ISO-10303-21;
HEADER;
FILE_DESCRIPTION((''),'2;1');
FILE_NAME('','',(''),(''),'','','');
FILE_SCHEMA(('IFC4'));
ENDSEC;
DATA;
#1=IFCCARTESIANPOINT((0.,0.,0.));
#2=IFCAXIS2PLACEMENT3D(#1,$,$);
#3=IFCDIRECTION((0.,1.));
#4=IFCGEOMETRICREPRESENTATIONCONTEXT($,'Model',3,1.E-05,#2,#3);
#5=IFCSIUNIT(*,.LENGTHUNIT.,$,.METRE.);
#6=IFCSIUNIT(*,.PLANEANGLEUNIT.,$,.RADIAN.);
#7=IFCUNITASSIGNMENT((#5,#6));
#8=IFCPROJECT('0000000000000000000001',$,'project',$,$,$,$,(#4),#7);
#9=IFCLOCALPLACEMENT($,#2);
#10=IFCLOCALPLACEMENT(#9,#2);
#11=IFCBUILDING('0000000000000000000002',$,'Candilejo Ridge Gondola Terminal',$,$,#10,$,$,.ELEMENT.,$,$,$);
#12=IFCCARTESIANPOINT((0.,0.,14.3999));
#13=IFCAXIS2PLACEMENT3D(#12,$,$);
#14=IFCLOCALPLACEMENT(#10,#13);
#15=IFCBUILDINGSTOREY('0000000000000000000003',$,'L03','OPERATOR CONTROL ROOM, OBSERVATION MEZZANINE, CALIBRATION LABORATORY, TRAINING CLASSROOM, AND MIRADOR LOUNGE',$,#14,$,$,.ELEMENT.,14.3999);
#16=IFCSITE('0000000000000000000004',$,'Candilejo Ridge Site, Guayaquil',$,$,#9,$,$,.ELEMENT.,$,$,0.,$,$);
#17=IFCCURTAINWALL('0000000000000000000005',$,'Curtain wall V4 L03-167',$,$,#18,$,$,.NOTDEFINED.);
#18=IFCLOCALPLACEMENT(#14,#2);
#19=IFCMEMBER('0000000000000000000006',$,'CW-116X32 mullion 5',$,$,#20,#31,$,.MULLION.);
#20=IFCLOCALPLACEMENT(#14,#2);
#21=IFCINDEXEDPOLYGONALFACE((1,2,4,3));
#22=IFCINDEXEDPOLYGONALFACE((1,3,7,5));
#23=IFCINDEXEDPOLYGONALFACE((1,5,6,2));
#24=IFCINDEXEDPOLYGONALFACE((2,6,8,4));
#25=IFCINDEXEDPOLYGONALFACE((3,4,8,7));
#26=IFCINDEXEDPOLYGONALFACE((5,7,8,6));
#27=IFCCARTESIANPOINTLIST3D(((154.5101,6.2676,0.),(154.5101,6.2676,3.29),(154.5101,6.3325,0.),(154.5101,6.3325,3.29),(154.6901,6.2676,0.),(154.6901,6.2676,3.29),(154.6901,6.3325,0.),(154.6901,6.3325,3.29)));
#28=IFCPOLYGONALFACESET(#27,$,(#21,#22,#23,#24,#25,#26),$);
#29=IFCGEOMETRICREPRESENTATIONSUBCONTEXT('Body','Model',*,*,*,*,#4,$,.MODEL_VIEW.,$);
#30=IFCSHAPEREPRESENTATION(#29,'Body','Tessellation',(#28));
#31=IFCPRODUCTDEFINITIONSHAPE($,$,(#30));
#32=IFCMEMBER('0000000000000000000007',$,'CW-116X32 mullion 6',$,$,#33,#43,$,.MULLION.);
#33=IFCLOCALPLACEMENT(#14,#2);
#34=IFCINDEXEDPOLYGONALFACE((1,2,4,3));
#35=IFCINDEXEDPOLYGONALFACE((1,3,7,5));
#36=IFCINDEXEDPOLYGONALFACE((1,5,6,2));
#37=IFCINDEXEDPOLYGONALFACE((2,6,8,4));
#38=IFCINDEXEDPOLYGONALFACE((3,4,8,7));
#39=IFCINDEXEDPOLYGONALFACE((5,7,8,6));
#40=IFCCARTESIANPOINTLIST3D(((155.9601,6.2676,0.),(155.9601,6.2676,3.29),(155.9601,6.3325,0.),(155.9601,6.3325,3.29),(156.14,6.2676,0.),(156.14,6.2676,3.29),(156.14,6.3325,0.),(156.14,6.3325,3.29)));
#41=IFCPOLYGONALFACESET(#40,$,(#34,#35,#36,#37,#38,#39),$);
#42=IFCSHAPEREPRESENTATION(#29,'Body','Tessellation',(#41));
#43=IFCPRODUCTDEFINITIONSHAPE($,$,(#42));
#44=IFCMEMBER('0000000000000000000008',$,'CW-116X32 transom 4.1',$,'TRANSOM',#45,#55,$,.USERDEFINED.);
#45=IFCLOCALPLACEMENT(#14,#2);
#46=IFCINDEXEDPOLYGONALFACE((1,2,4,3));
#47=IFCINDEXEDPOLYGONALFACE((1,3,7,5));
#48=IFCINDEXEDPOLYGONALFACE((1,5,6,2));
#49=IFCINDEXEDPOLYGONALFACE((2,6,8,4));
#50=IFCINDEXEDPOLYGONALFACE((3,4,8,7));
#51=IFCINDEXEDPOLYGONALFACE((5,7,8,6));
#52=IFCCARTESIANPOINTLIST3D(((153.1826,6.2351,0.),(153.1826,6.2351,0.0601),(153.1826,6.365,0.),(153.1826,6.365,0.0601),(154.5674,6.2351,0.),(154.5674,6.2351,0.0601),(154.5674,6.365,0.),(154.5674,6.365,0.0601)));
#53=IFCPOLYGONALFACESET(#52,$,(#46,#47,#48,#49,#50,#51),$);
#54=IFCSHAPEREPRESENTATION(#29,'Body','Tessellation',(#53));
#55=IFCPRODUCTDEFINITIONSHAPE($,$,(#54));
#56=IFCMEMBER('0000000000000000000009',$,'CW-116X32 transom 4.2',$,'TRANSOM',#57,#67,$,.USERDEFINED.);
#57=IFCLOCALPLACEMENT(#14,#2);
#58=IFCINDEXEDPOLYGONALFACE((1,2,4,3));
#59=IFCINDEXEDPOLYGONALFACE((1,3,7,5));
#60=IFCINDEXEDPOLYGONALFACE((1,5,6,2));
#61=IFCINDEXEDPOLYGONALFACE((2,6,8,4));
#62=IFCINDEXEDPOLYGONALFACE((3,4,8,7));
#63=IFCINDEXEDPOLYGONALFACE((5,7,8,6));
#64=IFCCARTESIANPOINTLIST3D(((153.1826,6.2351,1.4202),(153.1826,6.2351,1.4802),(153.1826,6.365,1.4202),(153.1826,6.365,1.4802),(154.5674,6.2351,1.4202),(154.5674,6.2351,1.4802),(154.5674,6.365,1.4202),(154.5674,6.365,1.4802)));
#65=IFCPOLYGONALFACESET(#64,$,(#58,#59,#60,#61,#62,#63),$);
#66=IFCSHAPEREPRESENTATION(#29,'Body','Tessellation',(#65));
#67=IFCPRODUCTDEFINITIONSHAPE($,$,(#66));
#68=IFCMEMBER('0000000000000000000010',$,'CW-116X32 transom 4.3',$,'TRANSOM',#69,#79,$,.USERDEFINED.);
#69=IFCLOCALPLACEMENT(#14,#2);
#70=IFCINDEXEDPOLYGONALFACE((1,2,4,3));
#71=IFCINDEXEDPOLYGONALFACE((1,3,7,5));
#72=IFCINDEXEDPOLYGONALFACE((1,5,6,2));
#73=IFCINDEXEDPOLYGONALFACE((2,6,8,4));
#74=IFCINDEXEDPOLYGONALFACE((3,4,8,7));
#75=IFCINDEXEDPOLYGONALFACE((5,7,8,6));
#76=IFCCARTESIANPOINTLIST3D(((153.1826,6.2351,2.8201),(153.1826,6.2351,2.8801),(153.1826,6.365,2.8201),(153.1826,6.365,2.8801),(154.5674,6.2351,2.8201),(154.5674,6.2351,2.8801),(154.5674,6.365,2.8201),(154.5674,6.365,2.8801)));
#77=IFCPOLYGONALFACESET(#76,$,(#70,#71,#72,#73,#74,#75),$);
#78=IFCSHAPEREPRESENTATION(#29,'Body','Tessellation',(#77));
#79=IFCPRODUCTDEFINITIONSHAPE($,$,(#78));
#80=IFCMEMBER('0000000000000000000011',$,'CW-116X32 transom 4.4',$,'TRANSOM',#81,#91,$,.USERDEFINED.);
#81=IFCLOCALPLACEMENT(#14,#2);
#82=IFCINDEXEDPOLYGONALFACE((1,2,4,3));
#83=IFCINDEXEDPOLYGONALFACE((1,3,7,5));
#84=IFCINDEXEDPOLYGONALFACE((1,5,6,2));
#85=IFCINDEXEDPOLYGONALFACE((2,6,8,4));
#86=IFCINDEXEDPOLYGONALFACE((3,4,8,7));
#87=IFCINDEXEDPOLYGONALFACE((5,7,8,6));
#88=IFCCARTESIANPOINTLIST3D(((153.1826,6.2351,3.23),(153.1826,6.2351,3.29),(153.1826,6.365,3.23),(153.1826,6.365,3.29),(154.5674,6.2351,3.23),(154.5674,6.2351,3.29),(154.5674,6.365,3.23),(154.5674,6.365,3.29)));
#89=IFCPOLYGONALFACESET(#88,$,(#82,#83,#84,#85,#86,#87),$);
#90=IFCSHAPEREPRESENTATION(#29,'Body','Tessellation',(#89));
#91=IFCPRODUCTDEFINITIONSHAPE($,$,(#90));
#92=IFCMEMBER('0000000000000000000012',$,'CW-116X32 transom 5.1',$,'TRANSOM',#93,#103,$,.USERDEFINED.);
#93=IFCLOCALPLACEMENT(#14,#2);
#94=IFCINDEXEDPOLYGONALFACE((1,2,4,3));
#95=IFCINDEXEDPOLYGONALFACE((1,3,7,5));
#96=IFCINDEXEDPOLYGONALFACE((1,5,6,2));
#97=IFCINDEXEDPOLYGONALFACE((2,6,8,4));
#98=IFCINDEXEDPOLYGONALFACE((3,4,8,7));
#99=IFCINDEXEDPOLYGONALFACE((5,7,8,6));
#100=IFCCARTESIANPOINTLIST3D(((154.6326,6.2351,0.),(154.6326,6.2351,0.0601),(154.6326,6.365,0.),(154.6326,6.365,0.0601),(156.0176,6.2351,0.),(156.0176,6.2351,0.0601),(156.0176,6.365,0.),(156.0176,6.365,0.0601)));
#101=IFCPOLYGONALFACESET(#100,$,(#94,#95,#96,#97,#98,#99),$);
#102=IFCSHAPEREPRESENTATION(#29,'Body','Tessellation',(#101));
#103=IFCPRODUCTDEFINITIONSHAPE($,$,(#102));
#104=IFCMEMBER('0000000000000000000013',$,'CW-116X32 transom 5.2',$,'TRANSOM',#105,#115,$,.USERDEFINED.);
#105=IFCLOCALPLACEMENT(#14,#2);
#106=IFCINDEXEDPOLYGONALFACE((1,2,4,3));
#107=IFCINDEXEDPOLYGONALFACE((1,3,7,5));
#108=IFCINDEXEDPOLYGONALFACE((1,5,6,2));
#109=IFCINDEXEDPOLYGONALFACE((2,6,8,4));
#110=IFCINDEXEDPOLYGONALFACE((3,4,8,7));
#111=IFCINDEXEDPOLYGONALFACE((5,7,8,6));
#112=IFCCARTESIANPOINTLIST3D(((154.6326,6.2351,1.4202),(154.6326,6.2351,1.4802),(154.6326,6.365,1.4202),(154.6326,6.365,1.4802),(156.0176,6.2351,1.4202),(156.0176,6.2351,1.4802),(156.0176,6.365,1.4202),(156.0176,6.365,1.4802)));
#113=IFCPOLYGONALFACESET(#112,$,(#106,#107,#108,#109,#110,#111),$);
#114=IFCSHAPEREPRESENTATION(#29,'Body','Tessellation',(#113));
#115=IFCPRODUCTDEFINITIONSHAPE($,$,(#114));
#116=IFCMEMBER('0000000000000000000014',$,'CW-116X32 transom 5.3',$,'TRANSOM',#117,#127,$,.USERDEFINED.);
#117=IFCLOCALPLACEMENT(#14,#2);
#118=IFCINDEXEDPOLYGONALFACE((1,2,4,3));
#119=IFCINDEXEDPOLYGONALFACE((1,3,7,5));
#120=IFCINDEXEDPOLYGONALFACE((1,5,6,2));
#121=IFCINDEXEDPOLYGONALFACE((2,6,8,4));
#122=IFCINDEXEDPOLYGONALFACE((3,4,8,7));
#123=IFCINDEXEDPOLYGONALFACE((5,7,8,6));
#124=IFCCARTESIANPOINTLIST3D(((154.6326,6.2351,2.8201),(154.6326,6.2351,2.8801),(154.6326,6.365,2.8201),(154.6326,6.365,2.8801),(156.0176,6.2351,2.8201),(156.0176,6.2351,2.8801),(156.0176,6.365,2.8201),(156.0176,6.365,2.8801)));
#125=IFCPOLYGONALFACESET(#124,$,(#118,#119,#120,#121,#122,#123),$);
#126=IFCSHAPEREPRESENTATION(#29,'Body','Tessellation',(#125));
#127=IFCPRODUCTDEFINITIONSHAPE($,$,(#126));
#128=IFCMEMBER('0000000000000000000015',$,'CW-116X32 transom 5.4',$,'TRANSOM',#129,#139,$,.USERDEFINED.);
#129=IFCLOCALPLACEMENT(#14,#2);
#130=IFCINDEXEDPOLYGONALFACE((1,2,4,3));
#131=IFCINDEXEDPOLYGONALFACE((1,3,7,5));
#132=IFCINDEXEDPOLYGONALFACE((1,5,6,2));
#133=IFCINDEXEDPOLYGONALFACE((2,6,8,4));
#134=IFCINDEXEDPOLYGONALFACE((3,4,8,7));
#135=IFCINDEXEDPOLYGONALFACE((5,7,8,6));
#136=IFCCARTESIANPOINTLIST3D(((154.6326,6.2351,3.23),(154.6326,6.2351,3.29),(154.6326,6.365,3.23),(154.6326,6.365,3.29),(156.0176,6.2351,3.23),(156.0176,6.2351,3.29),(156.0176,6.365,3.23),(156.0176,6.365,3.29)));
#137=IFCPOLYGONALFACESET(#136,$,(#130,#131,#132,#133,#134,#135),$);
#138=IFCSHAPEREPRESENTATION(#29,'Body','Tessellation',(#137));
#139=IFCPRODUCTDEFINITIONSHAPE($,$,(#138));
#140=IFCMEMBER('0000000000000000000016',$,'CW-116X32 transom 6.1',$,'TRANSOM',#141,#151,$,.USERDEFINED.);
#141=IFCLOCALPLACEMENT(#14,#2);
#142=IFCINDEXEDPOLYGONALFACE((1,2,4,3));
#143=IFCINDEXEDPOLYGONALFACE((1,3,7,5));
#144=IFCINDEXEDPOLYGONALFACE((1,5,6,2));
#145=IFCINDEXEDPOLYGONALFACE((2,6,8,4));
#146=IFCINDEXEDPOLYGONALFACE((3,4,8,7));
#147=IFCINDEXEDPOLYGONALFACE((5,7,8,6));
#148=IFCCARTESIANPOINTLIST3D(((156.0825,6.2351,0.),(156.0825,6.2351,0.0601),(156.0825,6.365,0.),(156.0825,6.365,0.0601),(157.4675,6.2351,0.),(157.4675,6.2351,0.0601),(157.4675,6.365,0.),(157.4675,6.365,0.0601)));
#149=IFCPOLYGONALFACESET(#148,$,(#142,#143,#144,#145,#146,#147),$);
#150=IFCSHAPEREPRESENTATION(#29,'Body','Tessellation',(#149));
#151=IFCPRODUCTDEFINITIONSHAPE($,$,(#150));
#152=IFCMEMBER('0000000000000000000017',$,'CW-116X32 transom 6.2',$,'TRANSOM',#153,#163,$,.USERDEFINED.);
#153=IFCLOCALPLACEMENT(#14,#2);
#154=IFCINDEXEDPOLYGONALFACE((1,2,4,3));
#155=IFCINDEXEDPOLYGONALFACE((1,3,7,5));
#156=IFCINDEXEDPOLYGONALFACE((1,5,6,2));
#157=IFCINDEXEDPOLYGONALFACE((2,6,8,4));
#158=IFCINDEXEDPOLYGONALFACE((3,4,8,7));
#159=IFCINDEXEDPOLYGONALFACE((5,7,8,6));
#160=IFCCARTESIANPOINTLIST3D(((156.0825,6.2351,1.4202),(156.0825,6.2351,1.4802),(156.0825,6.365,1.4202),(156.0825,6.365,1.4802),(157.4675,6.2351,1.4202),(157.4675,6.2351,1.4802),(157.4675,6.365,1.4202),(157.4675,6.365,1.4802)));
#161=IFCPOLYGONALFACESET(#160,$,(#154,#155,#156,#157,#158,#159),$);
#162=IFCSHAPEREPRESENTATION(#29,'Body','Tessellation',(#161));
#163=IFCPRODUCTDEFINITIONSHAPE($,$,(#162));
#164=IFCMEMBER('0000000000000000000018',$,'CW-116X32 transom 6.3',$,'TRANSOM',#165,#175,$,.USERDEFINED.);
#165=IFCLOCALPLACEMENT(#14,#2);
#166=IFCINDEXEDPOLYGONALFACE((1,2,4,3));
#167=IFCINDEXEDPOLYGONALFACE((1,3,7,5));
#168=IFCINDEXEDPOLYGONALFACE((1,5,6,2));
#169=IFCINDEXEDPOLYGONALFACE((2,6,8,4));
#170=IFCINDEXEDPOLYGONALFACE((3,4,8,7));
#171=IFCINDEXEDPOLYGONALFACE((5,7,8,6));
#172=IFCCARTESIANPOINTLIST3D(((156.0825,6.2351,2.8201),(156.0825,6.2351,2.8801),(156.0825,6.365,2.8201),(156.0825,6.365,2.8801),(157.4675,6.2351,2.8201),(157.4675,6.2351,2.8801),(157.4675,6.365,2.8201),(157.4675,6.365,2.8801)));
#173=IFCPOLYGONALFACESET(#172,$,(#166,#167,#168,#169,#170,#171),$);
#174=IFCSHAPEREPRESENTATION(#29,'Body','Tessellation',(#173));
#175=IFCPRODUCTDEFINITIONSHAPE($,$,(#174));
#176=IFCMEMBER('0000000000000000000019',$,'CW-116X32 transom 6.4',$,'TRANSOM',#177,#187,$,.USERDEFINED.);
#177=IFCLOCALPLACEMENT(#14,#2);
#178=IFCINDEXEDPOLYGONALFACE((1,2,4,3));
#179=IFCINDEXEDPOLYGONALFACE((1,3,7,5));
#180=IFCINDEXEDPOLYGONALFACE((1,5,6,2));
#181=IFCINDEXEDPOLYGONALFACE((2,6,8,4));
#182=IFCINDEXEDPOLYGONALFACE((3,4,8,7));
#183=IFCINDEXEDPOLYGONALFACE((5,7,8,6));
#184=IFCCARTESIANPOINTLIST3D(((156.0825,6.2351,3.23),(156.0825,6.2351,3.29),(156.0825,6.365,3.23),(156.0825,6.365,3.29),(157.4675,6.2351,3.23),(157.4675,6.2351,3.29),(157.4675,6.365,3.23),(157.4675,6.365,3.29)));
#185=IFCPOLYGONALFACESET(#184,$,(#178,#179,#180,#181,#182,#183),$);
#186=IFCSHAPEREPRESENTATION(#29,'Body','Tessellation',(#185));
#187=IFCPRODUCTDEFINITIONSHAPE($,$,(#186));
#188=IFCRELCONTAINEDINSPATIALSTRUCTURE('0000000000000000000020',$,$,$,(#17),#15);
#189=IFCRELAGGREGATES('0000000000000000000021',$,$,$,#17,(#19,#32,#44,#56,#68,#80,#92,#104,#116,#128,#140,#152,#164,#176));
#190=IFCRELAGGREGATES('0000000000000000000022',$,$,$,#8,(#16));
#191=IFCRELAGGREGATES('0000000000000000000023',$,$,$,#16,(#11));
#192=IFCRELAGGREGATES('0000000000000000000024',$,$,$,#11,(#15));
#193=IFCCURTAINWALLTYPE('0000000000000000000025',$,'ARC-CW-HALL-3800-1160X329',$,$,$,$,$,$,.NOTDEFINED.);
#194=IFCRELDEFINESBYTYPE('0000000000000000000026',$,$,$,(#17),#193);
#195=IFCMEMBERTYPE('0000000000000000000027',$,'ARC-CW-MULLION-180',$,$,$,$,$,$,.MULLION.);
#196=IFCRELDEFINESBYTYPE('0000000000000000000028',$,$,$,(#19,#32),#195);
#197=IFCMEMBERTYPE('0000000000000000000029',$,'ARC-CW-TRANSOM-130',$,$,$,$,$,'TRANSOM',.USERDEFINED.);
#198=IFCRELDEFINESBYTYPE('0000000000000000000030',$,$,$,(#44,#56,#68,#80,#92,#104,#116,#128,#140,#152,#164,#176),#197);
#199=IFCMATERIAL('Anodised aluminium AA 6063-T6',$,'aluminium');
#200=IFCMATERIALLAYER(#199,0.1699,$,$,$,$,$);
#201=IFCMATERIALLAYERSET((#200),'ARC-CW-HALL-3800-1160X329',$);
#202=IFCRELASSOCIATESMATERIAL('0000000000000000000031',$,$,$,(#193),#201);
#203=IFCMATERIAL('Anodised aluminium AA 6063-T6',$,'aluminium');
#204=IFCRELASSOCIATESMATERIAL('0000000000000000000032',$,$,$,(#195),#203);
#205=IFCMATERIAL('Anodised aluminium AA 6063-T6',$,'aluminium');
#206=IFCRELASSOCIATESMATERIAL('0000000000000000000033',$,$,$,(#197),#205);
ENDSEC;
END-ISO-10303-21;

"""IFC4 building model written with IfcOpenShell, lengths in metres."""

from ifc_helpers import new_model, si_unit, direction, frame, origin, origin_2d, place, context, subcontext, project, spatial, rectangle, extrude, material, layer, layer_set, material_profile, profile_set, type_object, element, aggregate, save


model = new_model("IFC4")

# Units and contexts
model_context = context("Model", 3, precision=1e-05, world=origin(), true_north=direction((0.0, 1.0)))
body_context = subcontext(model_context, "Body", "Model", "MODEL_VIEW")
ifc_project = project(units=[si_unit("LENGTHUNIT", "METRE"), si_unit("PLANEANGLEUNIT", "RADIAN")], contexts=[model_context])

# Site, building, storey
site_placement = place(None, origin())
site = spatial("IfcSite", under=ifc_project, at=site_placement, Name="Candilejo Ridge Site, Guayaquil", CompositionType="ELEMENT", RefElevation=0.0)
building_placement = place(site_placement, origin())
building = spatial("IfcBuilding", under=site, at=building_placement, Name="Candilejo Ridge Gondola Terminal", CompositionType="ELEMENT")
storey_placement = place(building_placement, frame((0.0, 0.0, 14.3999)))
storey = spatial("IfcBuildingStorey", under=building, at=storey_placement, Name="L03", Description="OPERATOR CONTROL ROOM, OBSERVATION MEZZANINE, CALIBRATION LABORATORY, TRAINING CLASSROOM, AND MIRADOR LOUNGE", CompositionType="ELEMENT", Elevation=14.3999)

# Curtain wall, members
ifc_material_1 = material(Name="Anodised aluminium AA 6063-T6", Category="aluminium")
ifc_layer_1 = layer(ifc_material_1, 0.1699)
ifc_layer_set_1 = layer_set([ifc_layer_1], Name="ARC-CW-HALL-3800-1160X329")
curtain_wall_type = type_object("IfcCurtainWallType", Name="ARC-CW-HALL-3800-1160X329", PredefinedType="NOTDEFINED", material=ifc_layer_set_1)
curtain_wall_placement = place(storey_placement, origin())
curtain_wall = element("IfcCurtainWall", 1, at=curtain_wall_placement, inside=storey, type_object=curtain_wall_type, Name="Curtain wall V4 L03-167", PredefinedType="NOTDEFINED")
ifc_material_2 = material(Name="Anodised aluminium AA 6063-T6", Category="aluminium")
ifc_material_profile_1 = material_profile(ifc_material_2, rectangle(XDim=0.0649, YDim=0.1799, at=origin_2d()))
ifc_profile_set_1 = profile_set([ifc_material_profile_1], Name="Anodised aluminium AA 6063-T6")
member_type_1 = type_object("IfcMemberType", Name="ARC-CW-MULLION-180", PredefinedType="MULLION", material=ifc_profile_set_1)
member_1_placement = place(storey_placement, frame((154.6001, 6.3, 0.0), z_axis=(0.0, 0.0, 1.0), x_axis=(0.0, 1.0, 0.0)))
member_1 = element("IfcMember", 2, at=member_1_placement, type_object=member_type_1, Name="CW-116X32 mullion 5", PredefinedType="MULLION", context=body_context, shape_type="SweptSolid", body=[
    extrude(rectangle(XDim=0.0649, YDim=0.1799, at=origin_2d()), origin(), (0.0, 0.0, 1.0), 3.29),
])
member_2_placement = place(storey_placement, frame((156.05, 6.3, 0.0), z_axis=(0.0, 0.0, 1.0), x_axis=(0.0, 1.0, 0.0)))
member_2 = element("IfcMember", 3, at=member_2_placement, type_object=member_type_1, Name="CW-116X32 mullion 6", PredefinedType="MULLION", context=body_context, shape_type="SweptSolid", body=[
    extrude(rectangle(XDim=0.0649, YDim=0.1799, at=origin_2d()), origin(), (0.0, 0.0, 1.0), 3.29),
])
ifc_material_3 = material(Name="Anodised aluminium AA 6063-T6", Category="aluminium")
ifc_material_profile_2 = material_profile(ifc_material_3, rectangle(XDim=0.1299, YDim=0.0601, at=origin_2d()))
ifc_profile_set_2 = profile_set([ifc_material_profile_2], Name="Anodised aluminium AA 6063-T6")
member_type_2 = type_object("IfcMemberType", Name="ARC-CW-TRANSOM-130", ElementType="TRANSOM", PredefinedType="USERDEFINED", material=ifc_profile_set_2)
member_3_placement = place(storey_placement, frame((153.1826, 6.3, 0.03), z_axis=(1.0, 0.0, 0.0), x_axis=(0.0, 1.0, 0.0)))
member_3 = element("IfcMember", 4, at=member_3_placement, type_object=member_type_2, Name="CW-116X32 transom 4.1", ObjectType="TRANSOM", PredefinedType="USERDEFINED", context=body_context, shape_type="SweptSolid", body=[
    extrude(rectangle(XDim=0.1299, YDim=0.0601, at=origin_2d()), origin(), (0.0, 0.0, 1.0), 1.3848),
])
member_4_placement = place(storey_placement, frame((153.1826, 6.3, 1.4502), z_axis=(1.0, 0.0, 0.0), x_axis=(0.0, 1.0, 0.0)))
member_4 = element("IfcMember", 5, at=member_4_placement, type_object=member_type_2, Name="CW-116X32 transom 4.2", ObjectType="TRANSOM", PredefinedType="USERDEFINED", context=body_context, shape_type="SweptSolid", body=[
    extrude(rectangle(XDim=0.1299, YDim=0.0601, at=origin_2d()), origin(), (0.0, 0.0, 1.0), 1.3848),
])
member_5_placement = place(storey_placement, frame((153.1826, 6.3, 2.8501), z_axis=(1.0, 0.0, 0.0), x_axis=(0.0, 1.0, 0.0)))
member_5 = element("IfcMember", 6, at=member_5_placement, type_object=member_type_2, Name="CW-116X32 transom 4.3", ObjectType="TRANSOM", PredefinedType="USERDEFINED", context=body_context, shape_type="SweptSolid", body=[
    extrude(rectangle(XDim=0.1299, YDim=0.0601, at=origin_2d()), origin(), (0.0, 0.0, 1.0), 1.3848),
])
member_6_placement = place(storey_placement, frame((153.1826, 6.3, 3.26), z_axis=(1.0, 0.0, 0.0), x_axis=(0.0, 1.0, 0.0)))
member_6 = element("IfcMember", 7, at=member_6_placement, type_object=member_type_2, Name="CW-116X32 transom 4.4", ObjectType="TRANSOM", PredefinedType="USERDEFINED", context=body_context, shape_type="SweptSolid", body=[
    extrude(rectangle(XDim=0.1299, YDim=0.0601, at=origin_2d()), origin(), (0.0, 0.0, 1.0), 1.3848),
])
member_7_placement = place(storey_placement, frame((154.6326, 6.3, 0.03), z_axis=(1.0, 0.0, 0.0), x_axis=(0.0, 1.0, 0.0)))
member_7 = element("IfcMember", 8, at=member_7_placement, type_object=member_type_2, Name="CW-116X32 transom 5.1", ObjectType="TRANSOM", PredefinedType="USERDEFINED", context=body_context, shape_type="SweptSolid", body=[
    extrude(rectangle(XDim=0.1299, YDim=0.0601, at=origin_2d()), origin(), (0.0, 0.0, 1.0), 1.385),
])
member_8_placement = place(storey_placement, frame((154.6326, 6.3, 1.4502), z_axis=(1.0, 0.0, 0.0), x_axis=(0.0, 1.0, 0.0)))
member_8 = element("IfcMember", 9, at=member_8_placement, type_object=member_type_2, Name="CW-116X32 transom 5.2", ObjectType="TRANSOM", PredefinedType="USERDEFINED", context=body_context, shape_type="SweptSolid", body=[
    extrude(rectangle(XDim=0.1299, YDim=0.0601, at=origin_2d()), origin(), (0.0, 0.0, 1.0), 1.385),
])
member_9_placement = place(storey_placement, frame((154.6326, 6.3, 2.8501), z_axis=(1.0, 0.0, 0.0), x_axis=(0.0, 1.0, 0.0)))
member_9 = element("IfcMember", 10, at=member_9_placement, type_object=member_type_2, Name="CW-116X32 transom 5.3", ObjectType="TRANSOM", PredefinedType="USERDEFINED", context=body_context, shape_type="SweptSolid", body=[
    extrude(rectangle(XDim=0.1299, YDim=0.0601, at=origin_2d()), origin(), (0.0, 0.0, 1.0), 1.385),
])
member_10_placement = place(storey_placement, frame((154.6326, 6.3, 3.26), z_axis=(1.0, 0.0, 0.0), x_axis=(0.0, 1.0, 0.0)))
member_10 = element("IfcMember", 11, at=member_10_placement, type_object=member_type_2, Name="CW-116X32 transom 5.4", ObjectType="TRANSOM", PredefinedType="USERDEFINED", context=body_context, shape_type="SweptSolid", body=[
    extrude(rectangle(XDim=0.1299, YDim=0.0601, at=origin_2d()), origin(), (0.0, 0.0, 1.0), 1.385),
])
member_11_placement = place(storey_placement, frame((156.0825, 6.3, 0.03), z_axis=(1.0, 0.0, 0.0), x_axis=(0.0, 1.0, 0.0)))
member_11 = element("IfcMember", 12, at=member_11_placement, type_object=member_type_2, Name="CW-116X32 transom 6.1", ObjectType="TRANSOM", PredefinedType="USERDEFINED", context=body_context, shape_type="SweptSolid", body=[
    extrude(rectangle(XDim=0.1299, YDim=0.0601, at=origin_2d()), origin(), (0.0, 0.0, 1.0), 1.385),
])
member_12_placement = place(storey_placement, frame((156.0825, 6.3, 1.4502), z_axis=(1.0, 0.0, 0.0), x_axis=(0.0, 1.0, 0.0)))
member_12 = element("IfcMember", 13, at=member_12_placement, type_object=member_type_2, Name="CW-116X32 transom 6.2", ObjectType="TRANSOM", PredefinedType="USERDEFINED", context=body_context, shape_type="SweptSolid", body=[
    extrude(rectangle(XDim=0.1299, YDim=0.0601, at=origin_2d()), origin(), (0.0, 0.0, 1.0), 1.385),
])
member_13_placement = place(storey_placement, frame((156.0825, 6.3, 2.8501), z_axis=(1.0, 0.0, 0.0), x_axis=(0.0, 1.0, 0.0)))
member_13 = element("IfcMember", 14, at=member_13_placement, type_object=member_type_2, Name="CW-116X32 transom 6.3", ObjectType="TRANSOM", PredefinedType="USERDEFINED", context=body_context, shape_type="SweptSolid", body=[
    extrude(rectangle(XDim=0.1299, YDim=0.0601, at=origin_2d()), origin(), (0.0, 0.0, 1.0), 1.385),
])
member_14_placement = place(storey_placement, frame((156.0825, 6.3, 3.26), z_axis=(1.0, 0.0, 0.0), x_axis=(0.0, 1.0, 0.0)))
member_14 = element("IfcMember", 15, at=member_14_placement, type_object=member_type_2, Name="CW-116X32 transom 6.4", ObjectType="TRANSOM", PredefinedType="USERDEFINED", context=body_context, shape_type="SweptSolid", body=[
    extrude(rectangle(XDim=0.1299, YDim=0.0601, at=origin_2d()), origin(), (0.0, 0.0, 1.0), 1.385),
])
aggregate(curtain_wall, [member_1, member_2, member_3, member_4, member_5, member_6, member_7, member_8, member_9, member_10, member_11, member_12, member_13, member_14])

save(model, "model.ifc")
